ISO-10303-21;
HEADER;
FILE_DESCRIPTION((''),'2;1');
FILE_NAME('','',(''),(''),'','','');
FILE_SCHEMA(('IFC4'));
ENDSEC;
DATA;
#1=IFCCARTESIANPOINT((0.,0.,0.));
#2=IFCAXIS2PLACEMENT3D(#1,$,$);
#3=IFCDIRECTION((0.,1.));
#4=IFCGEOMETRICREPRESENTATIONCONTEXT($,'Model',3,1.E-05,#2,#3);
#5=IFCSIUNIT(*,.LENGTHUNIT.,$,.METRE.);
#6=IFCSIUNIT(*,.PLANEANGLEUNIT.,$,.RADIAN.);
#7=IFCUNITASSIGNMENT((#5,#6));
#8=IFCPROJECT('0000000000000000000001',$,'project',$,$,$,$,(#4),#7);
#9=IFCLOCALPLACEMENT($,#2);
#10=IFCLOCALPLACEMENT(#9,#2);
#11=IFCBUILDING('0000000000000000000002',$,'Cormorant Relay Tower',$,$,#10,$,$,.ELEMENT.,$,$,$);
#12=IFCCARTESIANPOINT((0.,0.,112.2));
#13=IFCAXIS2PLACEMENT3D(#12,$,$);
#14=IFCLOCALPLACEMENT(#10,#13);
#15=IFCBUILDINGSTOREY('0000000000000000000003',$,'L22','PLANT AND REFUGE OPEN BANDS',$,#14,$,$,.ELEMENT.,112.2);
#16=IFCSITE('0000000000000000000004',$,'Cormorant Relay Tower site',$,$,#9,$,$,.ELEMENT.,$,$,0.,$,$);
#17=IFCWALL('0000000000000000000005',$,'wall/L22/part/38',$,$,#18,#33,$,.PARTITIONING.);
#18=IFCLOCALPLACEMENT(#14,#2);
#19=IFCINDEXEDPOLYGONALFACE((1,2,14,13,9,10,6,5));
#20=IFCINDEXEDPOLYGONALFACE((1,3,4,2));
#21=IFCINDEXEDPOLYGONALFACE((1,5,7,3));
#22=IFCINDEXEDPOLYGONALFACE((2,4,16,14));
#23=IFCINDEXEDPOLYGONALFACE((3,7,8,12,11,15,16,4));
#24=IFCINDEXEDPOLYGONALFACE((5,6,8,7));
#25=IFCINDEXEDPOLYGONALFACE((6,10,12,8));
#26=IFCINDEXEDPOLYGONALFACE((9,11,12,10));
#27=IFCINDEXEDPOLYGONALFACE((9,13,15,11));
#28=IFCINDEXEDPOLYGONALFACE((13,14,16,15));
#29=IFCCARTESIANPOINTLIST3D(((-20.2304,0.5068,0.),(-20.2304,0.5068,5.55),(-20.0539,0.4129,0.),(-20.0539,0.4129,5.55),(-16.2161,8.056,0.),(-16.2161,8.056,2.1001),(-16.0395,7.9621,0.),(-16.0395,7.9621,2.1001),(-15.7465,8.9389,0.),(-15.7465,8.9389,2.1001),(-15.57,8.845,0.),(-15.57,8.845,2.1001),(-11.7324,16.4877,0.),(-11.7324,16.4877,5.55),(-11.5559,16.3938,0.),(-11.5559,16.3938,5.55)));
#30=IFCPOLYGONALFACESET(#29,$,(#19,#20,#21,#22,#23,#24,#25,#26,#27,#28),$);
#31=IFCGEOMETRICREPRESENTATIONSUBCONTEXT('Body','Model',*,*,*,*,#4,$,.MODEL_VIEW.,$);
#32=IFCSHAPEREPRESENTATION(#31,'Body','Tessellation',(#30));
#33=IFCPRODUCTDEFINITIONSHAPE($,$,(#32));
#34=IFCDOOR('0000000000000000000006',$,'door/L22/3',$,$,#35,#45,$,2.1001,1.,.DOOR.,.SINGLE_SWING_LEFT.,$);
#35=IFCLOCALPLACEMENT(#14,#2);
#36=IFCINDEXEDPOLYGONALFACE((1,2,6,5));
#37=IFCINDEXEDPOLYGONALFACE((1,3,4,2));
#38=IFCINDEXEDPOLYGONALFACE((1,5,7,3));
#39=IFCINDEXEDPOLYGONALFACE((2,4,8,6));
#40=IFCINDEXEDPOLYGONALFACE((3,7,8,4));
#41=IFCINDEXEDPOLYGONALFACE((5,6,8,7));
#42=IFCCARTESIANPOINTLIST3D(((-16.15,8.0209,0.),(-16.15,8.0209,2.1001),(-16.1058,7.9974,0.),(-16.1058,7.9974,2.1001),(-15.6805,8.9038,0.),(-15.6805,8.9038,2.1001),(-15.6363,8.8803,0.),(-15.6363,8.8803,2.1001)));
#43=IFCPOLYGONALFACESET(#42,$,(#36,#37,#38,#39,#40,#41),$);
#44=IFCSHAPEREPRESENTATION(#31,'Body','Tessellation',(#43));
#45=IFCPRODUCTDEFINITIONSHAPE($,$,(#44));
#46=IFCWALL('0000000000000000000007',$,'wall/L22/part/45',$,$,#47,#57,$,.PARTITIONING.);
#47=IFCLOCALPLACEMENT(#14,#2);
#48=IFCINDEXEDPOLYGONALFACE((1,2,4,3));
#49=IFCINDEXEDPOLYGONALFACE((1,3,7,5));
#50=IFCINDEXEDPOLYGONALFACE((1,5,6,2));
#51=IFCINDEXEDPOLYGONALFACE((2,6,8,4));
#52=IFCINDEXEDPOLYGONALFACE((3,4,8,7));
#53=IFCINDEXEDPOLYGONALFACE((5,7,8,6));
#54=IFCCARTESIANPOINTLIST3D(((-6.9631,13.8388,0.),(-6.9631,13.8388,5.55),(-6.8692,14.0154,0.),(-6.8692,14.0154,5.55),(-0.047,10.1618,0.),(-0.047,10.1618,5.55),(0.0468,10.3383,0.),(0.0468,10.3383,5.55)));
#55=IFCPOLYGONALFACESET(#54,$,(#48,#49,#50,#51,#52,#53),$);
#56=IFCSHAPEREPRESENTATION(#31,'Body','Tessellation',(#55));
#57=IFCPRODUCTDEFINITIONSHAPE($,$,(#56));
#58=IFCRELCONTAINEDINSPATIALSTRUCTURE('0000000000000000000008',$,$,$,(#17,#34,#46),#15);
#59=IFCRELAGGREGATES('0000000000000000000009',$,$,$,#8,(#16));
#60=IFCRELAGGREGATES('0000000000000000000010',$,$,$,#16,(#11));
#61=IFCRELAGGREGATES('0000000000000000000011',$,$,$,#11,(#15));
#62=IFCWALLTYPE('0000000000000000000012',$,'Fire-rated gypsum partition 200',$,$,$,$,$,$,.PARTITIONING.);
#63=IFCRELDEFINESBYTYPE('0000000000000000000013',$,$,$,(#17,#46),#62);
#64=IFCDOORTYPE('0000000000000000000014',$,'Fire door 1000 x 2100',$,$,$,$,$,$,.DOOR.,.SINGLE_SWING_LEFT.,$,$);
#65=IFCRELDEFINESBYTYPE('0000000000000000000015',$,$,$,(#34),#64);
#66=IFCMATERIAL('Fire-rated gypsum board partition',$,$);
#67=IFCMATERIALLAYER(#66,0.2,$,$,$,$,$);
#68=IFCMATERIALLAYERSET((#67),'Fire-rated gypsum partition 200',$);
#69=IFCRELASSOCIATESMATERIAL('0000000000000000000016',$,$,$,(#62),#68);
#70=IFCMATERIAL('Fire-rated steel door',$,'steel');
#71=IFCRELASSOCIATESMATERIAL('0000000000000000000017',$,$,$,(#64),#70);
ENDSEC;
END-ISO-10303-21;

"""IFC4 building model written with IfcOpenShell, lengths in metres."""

from ifc_helpers import new_model, si_unit, direction, frame, frame_2d, origin, place, context, subcontext, project, spatial, rectangle, extrude, material, layer, layer_set, type_object, element, fill, save


model = new_model("IFC4")

# Units and contexts
model_context = context("Model", 3, precision=1e-05, world=origin(), true_north=direction((0.0, 1.0)))
body_context = subcontext(model_context, "Body", "Model", "MODEL_VIEW")
ifc_project = project(units=[si_unit("LENGTHUNIT", "METRE"), si_unit("PLANEANGLEUNIT", "RADIAN")], contexts=[model_context])

# Site, building, storey
site_placement = place(None, origin())
site = spatial("IfcSite", under=ifc_project, at=site_placement, Name="Cormorant Relay Tower site", CompositionType="ELEMENT", RefElevation=0.0)
building_placement = place(site_placement, origin())
building = spatial("IfcBuilding", under=site, at=building_placement, Name="Cormorant Relay Tower", CompositionType="ELEMENT")
storey_placement = place(building_placement, frame((0.0, 0.0, 112.2)))
storey = spatial("IfcBuildingStorey", under=building, at=storey_placement, Name="L22", Description="PLANT AND REFUGE OPEN BANDS", CompositionType="ELEMENT", Elevation=112.2)

# Wall, opening, door
ifc_material_1 = material(Name="Fire-rated gypsum board partition")
ifc_layer_1 = layer(ifc_material_1, 0.2)
ifc_layer_set_1 = layer_set([ifc_layer_1], Name="Fire-rated gypsum partition 200")
wall_type_1 = type_object("IfcWallType", Name="Fire-rated gypsum partition 200", PredefinedType="PARTITIONING", material=ifc_layer_set_1)
wall_1_placement = place(storey_placement, frame((-20.1421, 0.46, 0.0), z_axis=(0.0, 0.0, 1.0), x_axis=(0.469507, 0.882929, 0.0)))
wall_1 = element("IfcWall", 1, at=wall_1_placement, inside=storey, type_object=wall_type_1, Name="wall/L22/part/38", PredefinedType="PARTITIONING", context=body_context, shape_type="SweptSolid", body=[
    extrude(rectangle(XDim=18.0999, YDim=0.2, at=frame_2d((9.0498, 0.0))), origin(), (0.0, 0.0, 1.0), 5.55),
])
opening_1_placement = place(wall_1_placement, frame((8.55, 0.0, 0.0)))
opening_1 = element("IfcOpeningElement", 2, at=opening_1_placement, cuts=wall_1, PredefinedType="OPENING", context=body_context, shape_type="SweptSolid", body=[
    extrude(rectangle(XDim=1.0, YDim=2.1001, at=frame_2d((0.5, 1.05))), frame((0.0, 0.1099, 0.0), z_axis=(0.0, -1.0, 0.0), x_axis=(1.0, 0.0, 0.0)), (0.0, 0.0, 1.0), 0.22),
])
ifc_material_2 = material(Name="Fire-rated steel door", Category="steel")
door_type_1 = type_object("IfcDoorType", Name="Fire door 1000 x 2100", OperationType="SINGLE_SWING_LEFT", PredefinedType="DOOR", material=ifc_material_2)
door_1_placement = place(opening_1_placement, frame((1.0, 0.0, 0.0), z_axis=(0.0, 0.0, 1.0), x_axis=(-1.0, 0.0, 0.0)))
door_1 = element("IfcDoor", 3, at=door_1_placement, inside=storey, type_object=door_type_1, Name="door/L22/3", OperationType="SINGLE_SWING_LEFT", OverallHeight=2.1001, OverallWidth=1.0, PredefinedType="DOOR", context=body_context, shape_type="SweptSolid", body=[
    extrude(rectangle(XDim=1.0, YDim=2.1001, at=frame_2d((0.5, 1.05))), frame((0.0, 0.0249, 0.0), z_axis=(0.0, -1.0, 0.0), x_axis=(1.0, 0.0, 0.0)), (0.0, 0.0, 1.0), 0.05),
])
fill(opening_1, door_1)

# Wall
wall_2_placement = place(storey_placement, frame((0.0, 10.25, 0.0), z_axis=(0.0, 0.0, 1.0), x_axis=(-0.882964, 0.469441, 0.0)))
element("IfcWall", 4, at=wall_2_placement, inside=storey, type_object=wall_type_1, Name="wall/L22/part/45", PredefinedType="PARTITIONING", context=body_context, shape_type="SweptSolid", body=[
    extrude(rectangle(XDim=7.8328, YDim=0.2, at=frame_2d((3.9165, 0.0))), origin(), (0.0, 0.0, 1.0), 5.55),
])

save(model, "model.ifc")
